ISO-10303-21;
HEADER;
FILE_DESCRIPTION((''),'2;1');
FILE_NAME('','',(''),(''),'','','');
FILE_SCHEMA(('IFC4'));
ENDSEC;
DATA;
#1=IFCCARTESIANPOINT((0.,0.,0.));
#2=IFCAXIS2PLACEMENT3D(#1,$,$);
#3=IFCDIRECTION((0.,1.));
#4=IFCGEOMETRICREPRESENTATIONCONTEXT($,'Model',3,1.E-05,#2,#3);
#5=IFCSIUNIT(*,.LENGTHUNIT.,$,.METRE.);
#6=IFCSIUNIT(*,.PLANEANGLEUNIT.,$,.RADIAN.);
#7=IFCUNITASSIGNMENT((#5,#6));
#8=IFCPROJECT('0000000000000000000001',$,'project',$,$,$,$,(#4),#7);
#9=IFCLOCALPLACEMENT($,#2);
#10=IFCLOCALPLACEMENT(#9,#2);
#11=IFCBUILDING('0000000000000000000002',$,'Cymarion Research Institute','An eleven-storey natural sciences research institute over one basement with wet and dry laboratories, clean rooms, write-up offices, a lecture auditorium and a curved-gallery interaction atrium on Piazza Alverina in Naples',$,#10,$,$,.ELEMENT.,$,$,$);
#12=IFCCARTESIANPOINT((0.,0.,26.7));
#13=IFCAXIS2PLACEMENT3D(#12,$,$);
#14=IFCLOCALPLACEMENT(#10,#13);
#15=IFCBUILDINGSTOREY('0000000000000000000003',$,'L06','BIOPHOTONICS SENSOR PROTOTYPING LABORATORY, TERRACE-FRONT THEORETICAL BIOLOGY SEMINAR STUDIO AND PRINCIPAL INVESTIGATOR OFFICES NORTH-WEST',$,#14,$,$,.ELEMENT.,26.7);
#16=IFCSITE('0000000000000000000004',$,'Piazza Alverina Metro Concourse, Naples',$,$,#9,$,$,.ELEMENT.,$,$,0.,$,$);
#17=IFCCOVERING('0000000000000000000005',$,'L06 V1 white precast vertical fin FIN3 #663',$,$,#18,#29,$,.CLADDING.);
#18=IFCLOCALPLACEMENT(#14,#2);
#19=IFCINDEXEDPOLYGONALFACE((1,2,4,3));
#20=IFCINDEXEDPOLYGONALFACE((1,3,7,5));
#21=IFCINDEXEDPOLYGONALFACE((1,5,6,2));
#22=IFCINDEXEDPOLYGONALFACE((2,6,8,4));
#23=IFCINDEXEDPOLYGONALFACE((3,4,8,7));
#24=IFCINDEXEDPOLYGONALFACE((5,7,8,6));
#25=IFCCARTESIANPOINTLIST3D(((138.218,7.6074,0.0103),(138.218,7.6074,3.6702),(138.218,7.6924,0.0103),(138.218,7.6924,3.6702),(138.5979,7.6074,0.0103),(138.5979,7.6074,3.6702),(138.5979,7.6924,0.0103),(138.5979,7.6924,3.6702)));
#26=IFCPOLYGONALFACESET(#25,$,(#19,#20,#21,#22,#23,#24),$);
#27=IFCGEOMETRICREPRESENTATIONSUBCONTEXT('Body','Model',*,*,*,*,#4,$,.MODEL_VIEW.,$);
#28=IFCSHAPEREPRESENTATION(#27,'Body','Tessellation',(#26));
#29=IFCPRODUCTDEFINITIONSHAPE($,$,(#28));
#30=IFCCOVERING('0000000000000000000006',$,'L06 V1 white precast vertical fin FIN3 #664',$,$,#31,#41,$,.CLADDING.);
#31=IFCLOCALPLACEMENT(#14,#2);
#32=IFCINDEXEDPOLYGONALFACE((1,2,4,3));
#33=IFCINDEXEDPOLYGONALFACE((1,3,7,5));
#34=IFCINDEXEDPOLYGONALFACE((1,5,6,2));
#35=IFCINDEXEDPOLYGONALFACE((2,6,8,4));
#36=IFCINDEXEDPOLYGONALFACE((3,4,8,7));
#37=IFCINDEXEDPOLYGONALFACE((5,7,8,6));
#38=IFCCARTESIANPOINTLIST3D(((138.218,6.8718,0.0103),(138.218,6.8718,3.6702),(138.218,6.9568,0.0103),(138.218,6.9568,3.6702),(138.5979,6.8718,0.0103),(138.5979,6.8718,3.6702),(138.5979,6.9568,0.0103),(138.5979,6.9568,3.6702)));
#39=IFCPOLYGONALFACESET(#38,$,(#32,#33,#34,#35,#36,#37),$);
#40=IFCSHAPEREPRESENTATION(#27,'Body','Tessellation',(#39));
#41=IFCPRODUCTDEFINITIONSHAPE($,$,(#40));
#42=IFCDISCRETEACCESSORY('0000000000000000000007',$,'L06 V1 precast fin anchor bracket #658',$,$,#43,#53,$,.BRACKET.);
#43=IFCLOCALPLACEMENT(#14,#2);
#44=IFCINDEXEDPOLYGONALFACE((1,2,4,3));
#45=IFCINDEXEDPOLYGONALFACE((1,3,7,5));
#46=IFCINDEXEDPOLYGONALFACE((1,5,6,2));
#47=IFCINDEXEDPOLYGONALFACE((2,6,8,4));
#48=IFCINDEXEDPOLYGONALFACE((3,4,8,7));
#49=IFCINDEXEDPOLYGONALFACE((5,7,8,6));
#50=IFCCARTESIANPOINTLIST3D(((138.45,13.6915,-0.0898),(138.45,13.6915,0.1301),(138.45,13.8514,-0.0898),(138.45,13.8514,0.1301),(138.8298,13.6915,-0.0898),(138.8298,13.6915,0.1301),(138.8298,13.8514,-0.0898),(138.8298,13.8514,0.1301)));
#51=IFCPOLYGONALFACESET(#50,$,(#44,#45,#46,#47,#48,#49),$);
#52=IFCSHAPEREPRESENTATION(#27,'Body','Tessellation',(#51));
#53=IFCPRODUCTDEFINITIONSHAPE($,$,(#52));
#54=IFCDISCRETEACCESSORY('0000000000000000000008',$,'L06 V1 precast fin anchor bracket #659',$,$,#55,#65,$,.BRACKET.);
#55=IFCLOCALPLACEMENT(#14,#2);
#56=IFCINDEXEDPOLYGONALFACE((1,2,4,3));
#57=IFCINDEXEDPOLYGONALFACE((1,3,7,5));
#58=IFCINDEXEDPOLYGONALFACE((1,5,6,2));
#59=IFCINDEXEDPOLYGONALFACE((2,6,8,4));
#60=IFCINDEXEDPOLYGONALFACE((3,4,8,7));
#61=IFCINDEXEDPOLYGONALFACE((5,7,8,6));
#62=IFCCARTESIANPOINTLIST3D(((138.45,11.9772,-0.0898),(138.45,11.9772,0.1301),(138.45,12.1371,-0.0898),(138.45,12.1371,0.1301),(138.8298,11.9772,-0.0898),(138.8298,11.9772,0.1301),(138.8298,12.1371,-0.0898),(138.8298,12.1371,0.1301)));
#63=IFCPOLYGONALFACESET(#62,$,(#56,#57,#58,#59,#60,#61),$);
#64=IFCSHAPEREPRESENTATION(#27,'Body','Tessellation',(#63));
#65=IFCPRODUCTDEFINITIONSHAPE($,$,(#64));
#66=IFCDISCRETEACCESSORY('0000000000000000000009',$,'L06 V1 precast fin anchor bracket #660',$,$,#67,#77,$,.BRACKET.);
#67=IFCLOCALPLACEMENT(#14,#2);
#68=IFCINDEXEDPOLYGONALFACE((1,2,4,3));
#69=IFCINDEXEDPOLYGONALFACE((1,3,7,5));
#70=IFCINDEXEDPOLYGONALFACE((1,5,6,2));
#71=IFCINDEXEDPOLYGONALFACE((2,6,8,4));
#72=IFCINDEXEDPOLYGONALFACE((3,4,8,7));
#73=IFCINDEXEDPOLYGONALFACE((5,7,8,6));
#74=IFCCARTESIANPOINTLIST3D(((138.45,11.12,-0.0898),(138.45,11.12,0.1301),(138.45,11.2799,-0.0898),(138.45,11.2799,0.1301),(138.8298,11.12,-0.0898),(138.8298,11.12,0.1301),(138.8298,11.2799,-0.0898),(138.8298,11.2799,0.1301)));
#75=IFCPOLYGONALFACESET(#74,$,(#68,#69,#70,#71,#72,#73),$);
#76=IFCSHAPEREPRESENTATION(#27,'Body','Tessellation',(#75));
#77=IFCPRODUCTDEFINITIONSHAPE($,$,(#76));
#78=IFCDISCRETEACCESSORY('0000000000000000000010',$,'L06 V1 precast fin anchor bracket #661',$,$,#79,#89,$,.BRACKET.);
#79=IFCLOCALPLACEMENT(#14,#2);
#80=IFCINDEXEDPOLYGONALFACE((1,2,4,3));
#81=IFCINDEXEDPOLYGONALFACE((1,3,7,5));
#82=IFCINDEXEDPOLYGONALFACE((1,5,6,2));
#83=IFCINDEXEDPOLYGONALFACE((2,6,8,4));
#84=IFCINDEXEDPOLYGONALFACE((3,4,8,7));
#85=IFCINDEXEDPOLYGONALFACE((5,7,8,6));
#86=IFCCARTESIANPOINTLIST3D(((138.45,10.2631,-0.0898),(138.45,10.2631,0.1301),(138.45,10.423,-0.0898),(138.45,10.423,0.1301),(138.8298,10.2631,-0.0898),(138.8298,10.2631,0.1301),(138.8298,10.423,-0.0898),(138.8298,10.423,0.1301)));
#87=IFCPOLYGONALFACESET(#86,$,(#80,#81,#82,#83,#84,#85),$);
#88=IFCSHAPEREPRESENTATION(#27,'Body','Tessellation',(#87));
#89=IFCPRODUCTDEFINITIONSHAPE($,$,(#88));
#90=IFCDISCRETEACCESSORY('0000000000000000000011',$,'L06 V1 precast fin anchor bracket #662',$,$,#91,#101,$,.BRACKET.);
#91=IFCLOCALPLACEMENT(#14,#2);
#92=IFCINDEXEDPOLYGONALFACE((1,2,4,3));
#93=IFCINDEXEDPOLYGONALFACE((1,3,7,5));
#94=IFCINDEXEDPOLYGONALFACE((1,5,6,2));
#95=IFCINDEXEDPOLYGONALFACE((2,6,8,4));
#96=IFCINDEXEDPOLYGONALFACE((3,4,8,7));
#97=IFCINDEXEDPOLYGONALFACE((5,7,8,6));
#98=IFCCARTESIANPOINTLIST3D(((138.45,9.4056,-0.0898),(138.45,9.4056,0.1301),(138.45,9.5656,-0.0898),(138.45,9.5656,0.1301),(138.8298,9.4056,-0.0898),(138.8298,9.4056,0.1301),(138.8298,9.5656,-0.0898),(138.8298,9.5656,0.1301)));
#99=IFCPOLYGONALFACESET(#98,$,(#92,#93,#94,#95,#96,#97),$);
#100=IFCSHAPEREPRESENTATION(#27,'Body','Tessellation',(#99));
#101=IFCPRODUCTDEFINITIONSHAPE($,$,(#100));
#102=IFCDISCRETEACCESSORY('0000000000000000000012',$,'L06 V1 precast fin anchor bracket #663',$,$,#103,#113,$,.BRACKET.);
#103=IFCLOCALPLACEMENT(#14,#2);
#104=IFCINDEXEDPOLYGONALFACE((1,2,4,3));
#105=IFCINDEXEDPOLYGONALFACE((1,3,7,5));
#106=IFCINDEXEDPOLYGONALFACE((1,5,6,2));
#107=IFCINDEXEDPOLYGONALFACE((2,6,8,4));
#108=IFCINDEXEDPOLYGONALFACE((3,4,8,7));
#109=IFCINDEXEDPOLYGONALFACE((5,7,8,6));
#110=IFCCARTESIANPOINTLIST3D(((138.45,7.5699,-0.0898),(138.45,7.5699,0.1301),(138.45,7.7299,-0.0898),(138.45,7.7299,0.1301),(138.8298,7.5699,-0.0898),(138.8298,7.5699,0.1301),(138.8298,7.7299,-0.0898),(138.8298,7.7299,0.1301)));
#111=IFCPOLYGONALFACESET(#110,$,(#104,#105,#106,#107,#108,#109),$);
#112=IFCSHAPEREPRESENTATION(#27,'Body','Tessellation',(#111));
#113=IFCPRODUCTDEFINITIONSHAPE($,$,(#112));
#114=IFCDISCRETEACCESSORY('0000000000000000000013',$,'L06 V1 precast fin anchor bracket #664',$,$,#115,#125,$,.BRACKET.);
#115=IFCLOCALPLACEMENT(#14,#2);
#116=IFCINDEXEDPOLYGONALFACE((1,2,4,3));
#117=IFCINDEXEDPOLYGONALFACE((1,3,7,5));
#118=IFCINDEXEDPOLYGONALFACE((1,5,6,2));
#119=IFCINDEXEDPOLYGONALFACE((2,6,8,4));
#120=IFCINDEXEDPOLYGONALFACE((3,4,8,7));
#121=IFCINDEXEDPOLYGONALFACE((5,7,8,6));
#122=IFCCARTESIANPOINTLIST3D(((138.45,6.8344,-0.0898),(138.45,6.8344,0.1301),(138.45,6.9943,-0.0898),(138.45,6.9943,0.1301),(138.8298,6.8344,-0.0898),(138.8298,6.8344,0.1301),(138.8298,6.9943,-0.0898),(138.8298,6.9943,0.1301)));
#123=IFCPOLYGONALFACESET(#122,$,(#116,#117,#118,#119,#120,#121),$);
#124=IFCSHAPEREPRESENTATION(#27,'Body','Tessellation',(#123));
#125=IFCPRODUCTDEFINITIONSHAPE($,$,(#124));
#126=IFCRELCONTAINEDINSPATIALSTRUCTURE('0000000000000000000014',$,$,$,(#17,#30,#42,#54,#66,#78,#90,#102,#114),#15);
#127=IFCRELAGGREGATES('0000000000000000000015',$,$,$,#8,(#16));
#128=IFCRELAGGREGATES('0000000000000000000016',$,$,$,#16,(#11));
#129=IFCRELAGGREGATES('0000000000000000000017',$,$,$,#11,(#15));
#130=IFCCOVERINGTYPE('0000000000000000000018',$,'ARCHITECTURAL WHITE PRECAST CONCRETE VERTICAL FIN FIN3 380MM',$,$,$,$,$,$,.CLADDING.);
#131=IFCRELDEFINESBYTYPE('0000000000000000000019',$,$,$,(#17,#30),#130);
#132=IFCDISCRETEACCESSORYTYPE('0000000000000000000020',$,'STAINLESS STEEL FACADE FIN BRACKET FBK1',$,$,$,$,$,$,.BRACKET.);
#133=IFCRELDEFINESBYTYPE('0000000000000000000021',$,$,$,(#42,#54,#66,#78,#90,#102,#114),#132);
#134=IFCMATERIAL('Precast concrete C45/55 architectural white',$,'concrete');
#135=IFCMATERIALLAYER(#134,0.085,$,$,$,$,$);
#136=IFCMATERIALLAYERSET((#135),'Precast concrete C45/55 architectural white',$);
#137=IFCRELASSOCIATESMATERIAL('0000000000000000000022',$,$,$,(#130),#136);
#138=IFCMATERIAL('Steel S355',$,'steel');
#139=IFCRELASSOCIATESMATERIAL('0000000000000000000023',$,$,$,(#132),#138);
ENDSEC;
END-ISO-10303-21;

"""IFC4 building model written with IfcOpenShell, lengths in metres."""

from ifc_helpers import new_model, si_unit, direction, frame, origin, origin_2d, place, context, subcontext, project, spatial, rectangle, extrude, material, layer, layer_set, type_object, element, save


model = new_model("IFC4")

# Units and contexts
model_context = context("Model", 3, precision=1e-05, world=origin(), true_north=direction((0.0, 1.0)))
body_context = subcontext(model_context, "Body", "Model", "MODEL_VIEW")
ifc_project = project(units=[si_unit("LENGTHUNIT", "METRE"), si_unit("PLANEANGLEUNIT", "RADIAN")], contexts=[model_context])

# Site, building, storey
site_placement = place(None, origin())
site = spatial("IfcSite", under=ifc_project, at=site_placement, Name="Piazza Alverina Metro Concourse, Naples", CompositionType="ELEMENT", RefElevation=0.0)
building_placement = place(site_placement, origin())
building = spatial("IfcBuilding", under=site, at=building_placement, Name="Cymarion Research Institute", Description="An eleven-storey natural sciences research institute over one basement with wet and dry laboratories, clean rooms, write-up offices, a lecture auditorium and a curved-gallery interaction atrium on Piazza Alverina in Naples", CompositionType="ELEMENT")
storey_placement = place(building_placement, frame((0.0, 0.0, 26.7)))
storey = spatial("IfcBuildingStorey", under=building, at=storey_placement, Name="L06", Description="BIOPHOTONICS SENSOR PROTOTYPING LABORATORY, TERRACE-FRONT THEORETICAL BIOLOGY SEMINAR STUDIO AND PRINCIPAL INVESTIGATOR OFFICES NORTH-WEST", CompositionType="ELEMENT", Elevation=26.7)

# Shared definitions
ifc_material_1 = material(Name="Steel S355", Category="steel")

# Coverings
ifc_material_2 = material(Name="Precast concrete C45/55 architectural white", Category="concrete")
ifc_layer_1 = layer(ifc_material_2, 0.085)
ifc_layer_set_1 = layer_set([ifc_layer_1], Name="Precast concrete C45/55 architectural white")
covering_type = type_object("IfcCoveringType", Name="ARCHITECTURAL WHITE PRECAST CONCRETE VERTICAL FIN FIN3 380MM", PredefinedType="CLADDING", material=ifc_layer_set_1)
for number, where, z_axis, x_axis, name in (
    (1, (138.408, 7.6499, 0.0103), (0.0, 0.0, 1.0), (-1.0, 0.0, 0.0), "L06 V1 white precast vertical fin FIN3 #663"),
    (2, (138.408, 6.9143, 0.0103), (0.0, 0.0, 1.0), (-1.0, 0.0, 0.0), "L06 V1 white precast vertical fin FIN3 #664"),
):
    element("IfcCovering", number, at=place(storey_placement, frame(where, z_axis=z_axis, x_axis=x_axis)), inside=storey, type_object=covering_type, Name=name, PredefinedType="CLADDING", context=body_context, shape_type="SweptSolid", body=[
        extrude(rectangle(XDim=0.3799, YDim=0.085, at=origin_2d()), origin(), (0.0, 0.0, 1.0), 3.6599),
    ])

# Discrete accessories
discrete_accessory_type = type_object("IfcDiscreteAccessoryType", Name="STAINLESS STEEL FACADE FIN BRACKET FBK1", PredefinedType="BRACKET", material=ifc_material_1)
for number, where, z_axis, x_axis, name in (
    (3, (138.6399, 13.7715, -0.0898), (0.0, 0.0, 1.0), (-1.0, 0.0, 0.0), "L06 V1 precast fin anchor bracket #658"),
    (4, (138.6399, 12.0571, -0.0898), (0.0, 0.0, 1.0), (-1.0, 0.0, 0.0), "L06 V1 precast fin anchor bracket #659"),
    (5, (138.6399, 11.2, -0.0898), (0.0, 0.0, 1.0), (-1.0, 0.0, 0.0), "L06 V1 precast fin anchor bracket #660"),
    (6, (138.6399, 10.343, -0.0898), (0.0, 0.0, 1.0), (-1.0, 0.0, 0.0), "L06 V1 precast fin anchor bracket #661"),
    (7, (138.6399, 9.4856, -0.0898), (0.0, 0.0, 1.0), (-1.0, 0.0, 0.0), "L06 V1 precast fin anchor bracket #662"),
    (8, (138.6399, 7.6499, -0.0898), (0.0, 0.0, 1.0), (-1.0, 0.0, 0.0), "L06 V1 precast fin anchor bracket #663"),
    (9, (138.6399, 6.9143, -0.0898), (0.0, 0.0, 1.0), (-1.0, 0.0, 0.0), "L06 V1 precast fin anchor bracket #664"),
):
    element("IfcDiscreteAccessory", number, at=place(storey_placement, frame(where, z_axis=z_axis, x_axis=x_axis)), inside=storey, type_object=discrete_accessory_type, Name=name, PredefinedType="BRACKET", context=body_context, shape_type="SweptSolid", body=[
        extrude(rectangle(XDim=0.3799, YDim=0.1599, at=origin_2d()), origin(), (0.0, 0.0, 1.0), 0.22),
    ])

save(model, "model.ifc")
